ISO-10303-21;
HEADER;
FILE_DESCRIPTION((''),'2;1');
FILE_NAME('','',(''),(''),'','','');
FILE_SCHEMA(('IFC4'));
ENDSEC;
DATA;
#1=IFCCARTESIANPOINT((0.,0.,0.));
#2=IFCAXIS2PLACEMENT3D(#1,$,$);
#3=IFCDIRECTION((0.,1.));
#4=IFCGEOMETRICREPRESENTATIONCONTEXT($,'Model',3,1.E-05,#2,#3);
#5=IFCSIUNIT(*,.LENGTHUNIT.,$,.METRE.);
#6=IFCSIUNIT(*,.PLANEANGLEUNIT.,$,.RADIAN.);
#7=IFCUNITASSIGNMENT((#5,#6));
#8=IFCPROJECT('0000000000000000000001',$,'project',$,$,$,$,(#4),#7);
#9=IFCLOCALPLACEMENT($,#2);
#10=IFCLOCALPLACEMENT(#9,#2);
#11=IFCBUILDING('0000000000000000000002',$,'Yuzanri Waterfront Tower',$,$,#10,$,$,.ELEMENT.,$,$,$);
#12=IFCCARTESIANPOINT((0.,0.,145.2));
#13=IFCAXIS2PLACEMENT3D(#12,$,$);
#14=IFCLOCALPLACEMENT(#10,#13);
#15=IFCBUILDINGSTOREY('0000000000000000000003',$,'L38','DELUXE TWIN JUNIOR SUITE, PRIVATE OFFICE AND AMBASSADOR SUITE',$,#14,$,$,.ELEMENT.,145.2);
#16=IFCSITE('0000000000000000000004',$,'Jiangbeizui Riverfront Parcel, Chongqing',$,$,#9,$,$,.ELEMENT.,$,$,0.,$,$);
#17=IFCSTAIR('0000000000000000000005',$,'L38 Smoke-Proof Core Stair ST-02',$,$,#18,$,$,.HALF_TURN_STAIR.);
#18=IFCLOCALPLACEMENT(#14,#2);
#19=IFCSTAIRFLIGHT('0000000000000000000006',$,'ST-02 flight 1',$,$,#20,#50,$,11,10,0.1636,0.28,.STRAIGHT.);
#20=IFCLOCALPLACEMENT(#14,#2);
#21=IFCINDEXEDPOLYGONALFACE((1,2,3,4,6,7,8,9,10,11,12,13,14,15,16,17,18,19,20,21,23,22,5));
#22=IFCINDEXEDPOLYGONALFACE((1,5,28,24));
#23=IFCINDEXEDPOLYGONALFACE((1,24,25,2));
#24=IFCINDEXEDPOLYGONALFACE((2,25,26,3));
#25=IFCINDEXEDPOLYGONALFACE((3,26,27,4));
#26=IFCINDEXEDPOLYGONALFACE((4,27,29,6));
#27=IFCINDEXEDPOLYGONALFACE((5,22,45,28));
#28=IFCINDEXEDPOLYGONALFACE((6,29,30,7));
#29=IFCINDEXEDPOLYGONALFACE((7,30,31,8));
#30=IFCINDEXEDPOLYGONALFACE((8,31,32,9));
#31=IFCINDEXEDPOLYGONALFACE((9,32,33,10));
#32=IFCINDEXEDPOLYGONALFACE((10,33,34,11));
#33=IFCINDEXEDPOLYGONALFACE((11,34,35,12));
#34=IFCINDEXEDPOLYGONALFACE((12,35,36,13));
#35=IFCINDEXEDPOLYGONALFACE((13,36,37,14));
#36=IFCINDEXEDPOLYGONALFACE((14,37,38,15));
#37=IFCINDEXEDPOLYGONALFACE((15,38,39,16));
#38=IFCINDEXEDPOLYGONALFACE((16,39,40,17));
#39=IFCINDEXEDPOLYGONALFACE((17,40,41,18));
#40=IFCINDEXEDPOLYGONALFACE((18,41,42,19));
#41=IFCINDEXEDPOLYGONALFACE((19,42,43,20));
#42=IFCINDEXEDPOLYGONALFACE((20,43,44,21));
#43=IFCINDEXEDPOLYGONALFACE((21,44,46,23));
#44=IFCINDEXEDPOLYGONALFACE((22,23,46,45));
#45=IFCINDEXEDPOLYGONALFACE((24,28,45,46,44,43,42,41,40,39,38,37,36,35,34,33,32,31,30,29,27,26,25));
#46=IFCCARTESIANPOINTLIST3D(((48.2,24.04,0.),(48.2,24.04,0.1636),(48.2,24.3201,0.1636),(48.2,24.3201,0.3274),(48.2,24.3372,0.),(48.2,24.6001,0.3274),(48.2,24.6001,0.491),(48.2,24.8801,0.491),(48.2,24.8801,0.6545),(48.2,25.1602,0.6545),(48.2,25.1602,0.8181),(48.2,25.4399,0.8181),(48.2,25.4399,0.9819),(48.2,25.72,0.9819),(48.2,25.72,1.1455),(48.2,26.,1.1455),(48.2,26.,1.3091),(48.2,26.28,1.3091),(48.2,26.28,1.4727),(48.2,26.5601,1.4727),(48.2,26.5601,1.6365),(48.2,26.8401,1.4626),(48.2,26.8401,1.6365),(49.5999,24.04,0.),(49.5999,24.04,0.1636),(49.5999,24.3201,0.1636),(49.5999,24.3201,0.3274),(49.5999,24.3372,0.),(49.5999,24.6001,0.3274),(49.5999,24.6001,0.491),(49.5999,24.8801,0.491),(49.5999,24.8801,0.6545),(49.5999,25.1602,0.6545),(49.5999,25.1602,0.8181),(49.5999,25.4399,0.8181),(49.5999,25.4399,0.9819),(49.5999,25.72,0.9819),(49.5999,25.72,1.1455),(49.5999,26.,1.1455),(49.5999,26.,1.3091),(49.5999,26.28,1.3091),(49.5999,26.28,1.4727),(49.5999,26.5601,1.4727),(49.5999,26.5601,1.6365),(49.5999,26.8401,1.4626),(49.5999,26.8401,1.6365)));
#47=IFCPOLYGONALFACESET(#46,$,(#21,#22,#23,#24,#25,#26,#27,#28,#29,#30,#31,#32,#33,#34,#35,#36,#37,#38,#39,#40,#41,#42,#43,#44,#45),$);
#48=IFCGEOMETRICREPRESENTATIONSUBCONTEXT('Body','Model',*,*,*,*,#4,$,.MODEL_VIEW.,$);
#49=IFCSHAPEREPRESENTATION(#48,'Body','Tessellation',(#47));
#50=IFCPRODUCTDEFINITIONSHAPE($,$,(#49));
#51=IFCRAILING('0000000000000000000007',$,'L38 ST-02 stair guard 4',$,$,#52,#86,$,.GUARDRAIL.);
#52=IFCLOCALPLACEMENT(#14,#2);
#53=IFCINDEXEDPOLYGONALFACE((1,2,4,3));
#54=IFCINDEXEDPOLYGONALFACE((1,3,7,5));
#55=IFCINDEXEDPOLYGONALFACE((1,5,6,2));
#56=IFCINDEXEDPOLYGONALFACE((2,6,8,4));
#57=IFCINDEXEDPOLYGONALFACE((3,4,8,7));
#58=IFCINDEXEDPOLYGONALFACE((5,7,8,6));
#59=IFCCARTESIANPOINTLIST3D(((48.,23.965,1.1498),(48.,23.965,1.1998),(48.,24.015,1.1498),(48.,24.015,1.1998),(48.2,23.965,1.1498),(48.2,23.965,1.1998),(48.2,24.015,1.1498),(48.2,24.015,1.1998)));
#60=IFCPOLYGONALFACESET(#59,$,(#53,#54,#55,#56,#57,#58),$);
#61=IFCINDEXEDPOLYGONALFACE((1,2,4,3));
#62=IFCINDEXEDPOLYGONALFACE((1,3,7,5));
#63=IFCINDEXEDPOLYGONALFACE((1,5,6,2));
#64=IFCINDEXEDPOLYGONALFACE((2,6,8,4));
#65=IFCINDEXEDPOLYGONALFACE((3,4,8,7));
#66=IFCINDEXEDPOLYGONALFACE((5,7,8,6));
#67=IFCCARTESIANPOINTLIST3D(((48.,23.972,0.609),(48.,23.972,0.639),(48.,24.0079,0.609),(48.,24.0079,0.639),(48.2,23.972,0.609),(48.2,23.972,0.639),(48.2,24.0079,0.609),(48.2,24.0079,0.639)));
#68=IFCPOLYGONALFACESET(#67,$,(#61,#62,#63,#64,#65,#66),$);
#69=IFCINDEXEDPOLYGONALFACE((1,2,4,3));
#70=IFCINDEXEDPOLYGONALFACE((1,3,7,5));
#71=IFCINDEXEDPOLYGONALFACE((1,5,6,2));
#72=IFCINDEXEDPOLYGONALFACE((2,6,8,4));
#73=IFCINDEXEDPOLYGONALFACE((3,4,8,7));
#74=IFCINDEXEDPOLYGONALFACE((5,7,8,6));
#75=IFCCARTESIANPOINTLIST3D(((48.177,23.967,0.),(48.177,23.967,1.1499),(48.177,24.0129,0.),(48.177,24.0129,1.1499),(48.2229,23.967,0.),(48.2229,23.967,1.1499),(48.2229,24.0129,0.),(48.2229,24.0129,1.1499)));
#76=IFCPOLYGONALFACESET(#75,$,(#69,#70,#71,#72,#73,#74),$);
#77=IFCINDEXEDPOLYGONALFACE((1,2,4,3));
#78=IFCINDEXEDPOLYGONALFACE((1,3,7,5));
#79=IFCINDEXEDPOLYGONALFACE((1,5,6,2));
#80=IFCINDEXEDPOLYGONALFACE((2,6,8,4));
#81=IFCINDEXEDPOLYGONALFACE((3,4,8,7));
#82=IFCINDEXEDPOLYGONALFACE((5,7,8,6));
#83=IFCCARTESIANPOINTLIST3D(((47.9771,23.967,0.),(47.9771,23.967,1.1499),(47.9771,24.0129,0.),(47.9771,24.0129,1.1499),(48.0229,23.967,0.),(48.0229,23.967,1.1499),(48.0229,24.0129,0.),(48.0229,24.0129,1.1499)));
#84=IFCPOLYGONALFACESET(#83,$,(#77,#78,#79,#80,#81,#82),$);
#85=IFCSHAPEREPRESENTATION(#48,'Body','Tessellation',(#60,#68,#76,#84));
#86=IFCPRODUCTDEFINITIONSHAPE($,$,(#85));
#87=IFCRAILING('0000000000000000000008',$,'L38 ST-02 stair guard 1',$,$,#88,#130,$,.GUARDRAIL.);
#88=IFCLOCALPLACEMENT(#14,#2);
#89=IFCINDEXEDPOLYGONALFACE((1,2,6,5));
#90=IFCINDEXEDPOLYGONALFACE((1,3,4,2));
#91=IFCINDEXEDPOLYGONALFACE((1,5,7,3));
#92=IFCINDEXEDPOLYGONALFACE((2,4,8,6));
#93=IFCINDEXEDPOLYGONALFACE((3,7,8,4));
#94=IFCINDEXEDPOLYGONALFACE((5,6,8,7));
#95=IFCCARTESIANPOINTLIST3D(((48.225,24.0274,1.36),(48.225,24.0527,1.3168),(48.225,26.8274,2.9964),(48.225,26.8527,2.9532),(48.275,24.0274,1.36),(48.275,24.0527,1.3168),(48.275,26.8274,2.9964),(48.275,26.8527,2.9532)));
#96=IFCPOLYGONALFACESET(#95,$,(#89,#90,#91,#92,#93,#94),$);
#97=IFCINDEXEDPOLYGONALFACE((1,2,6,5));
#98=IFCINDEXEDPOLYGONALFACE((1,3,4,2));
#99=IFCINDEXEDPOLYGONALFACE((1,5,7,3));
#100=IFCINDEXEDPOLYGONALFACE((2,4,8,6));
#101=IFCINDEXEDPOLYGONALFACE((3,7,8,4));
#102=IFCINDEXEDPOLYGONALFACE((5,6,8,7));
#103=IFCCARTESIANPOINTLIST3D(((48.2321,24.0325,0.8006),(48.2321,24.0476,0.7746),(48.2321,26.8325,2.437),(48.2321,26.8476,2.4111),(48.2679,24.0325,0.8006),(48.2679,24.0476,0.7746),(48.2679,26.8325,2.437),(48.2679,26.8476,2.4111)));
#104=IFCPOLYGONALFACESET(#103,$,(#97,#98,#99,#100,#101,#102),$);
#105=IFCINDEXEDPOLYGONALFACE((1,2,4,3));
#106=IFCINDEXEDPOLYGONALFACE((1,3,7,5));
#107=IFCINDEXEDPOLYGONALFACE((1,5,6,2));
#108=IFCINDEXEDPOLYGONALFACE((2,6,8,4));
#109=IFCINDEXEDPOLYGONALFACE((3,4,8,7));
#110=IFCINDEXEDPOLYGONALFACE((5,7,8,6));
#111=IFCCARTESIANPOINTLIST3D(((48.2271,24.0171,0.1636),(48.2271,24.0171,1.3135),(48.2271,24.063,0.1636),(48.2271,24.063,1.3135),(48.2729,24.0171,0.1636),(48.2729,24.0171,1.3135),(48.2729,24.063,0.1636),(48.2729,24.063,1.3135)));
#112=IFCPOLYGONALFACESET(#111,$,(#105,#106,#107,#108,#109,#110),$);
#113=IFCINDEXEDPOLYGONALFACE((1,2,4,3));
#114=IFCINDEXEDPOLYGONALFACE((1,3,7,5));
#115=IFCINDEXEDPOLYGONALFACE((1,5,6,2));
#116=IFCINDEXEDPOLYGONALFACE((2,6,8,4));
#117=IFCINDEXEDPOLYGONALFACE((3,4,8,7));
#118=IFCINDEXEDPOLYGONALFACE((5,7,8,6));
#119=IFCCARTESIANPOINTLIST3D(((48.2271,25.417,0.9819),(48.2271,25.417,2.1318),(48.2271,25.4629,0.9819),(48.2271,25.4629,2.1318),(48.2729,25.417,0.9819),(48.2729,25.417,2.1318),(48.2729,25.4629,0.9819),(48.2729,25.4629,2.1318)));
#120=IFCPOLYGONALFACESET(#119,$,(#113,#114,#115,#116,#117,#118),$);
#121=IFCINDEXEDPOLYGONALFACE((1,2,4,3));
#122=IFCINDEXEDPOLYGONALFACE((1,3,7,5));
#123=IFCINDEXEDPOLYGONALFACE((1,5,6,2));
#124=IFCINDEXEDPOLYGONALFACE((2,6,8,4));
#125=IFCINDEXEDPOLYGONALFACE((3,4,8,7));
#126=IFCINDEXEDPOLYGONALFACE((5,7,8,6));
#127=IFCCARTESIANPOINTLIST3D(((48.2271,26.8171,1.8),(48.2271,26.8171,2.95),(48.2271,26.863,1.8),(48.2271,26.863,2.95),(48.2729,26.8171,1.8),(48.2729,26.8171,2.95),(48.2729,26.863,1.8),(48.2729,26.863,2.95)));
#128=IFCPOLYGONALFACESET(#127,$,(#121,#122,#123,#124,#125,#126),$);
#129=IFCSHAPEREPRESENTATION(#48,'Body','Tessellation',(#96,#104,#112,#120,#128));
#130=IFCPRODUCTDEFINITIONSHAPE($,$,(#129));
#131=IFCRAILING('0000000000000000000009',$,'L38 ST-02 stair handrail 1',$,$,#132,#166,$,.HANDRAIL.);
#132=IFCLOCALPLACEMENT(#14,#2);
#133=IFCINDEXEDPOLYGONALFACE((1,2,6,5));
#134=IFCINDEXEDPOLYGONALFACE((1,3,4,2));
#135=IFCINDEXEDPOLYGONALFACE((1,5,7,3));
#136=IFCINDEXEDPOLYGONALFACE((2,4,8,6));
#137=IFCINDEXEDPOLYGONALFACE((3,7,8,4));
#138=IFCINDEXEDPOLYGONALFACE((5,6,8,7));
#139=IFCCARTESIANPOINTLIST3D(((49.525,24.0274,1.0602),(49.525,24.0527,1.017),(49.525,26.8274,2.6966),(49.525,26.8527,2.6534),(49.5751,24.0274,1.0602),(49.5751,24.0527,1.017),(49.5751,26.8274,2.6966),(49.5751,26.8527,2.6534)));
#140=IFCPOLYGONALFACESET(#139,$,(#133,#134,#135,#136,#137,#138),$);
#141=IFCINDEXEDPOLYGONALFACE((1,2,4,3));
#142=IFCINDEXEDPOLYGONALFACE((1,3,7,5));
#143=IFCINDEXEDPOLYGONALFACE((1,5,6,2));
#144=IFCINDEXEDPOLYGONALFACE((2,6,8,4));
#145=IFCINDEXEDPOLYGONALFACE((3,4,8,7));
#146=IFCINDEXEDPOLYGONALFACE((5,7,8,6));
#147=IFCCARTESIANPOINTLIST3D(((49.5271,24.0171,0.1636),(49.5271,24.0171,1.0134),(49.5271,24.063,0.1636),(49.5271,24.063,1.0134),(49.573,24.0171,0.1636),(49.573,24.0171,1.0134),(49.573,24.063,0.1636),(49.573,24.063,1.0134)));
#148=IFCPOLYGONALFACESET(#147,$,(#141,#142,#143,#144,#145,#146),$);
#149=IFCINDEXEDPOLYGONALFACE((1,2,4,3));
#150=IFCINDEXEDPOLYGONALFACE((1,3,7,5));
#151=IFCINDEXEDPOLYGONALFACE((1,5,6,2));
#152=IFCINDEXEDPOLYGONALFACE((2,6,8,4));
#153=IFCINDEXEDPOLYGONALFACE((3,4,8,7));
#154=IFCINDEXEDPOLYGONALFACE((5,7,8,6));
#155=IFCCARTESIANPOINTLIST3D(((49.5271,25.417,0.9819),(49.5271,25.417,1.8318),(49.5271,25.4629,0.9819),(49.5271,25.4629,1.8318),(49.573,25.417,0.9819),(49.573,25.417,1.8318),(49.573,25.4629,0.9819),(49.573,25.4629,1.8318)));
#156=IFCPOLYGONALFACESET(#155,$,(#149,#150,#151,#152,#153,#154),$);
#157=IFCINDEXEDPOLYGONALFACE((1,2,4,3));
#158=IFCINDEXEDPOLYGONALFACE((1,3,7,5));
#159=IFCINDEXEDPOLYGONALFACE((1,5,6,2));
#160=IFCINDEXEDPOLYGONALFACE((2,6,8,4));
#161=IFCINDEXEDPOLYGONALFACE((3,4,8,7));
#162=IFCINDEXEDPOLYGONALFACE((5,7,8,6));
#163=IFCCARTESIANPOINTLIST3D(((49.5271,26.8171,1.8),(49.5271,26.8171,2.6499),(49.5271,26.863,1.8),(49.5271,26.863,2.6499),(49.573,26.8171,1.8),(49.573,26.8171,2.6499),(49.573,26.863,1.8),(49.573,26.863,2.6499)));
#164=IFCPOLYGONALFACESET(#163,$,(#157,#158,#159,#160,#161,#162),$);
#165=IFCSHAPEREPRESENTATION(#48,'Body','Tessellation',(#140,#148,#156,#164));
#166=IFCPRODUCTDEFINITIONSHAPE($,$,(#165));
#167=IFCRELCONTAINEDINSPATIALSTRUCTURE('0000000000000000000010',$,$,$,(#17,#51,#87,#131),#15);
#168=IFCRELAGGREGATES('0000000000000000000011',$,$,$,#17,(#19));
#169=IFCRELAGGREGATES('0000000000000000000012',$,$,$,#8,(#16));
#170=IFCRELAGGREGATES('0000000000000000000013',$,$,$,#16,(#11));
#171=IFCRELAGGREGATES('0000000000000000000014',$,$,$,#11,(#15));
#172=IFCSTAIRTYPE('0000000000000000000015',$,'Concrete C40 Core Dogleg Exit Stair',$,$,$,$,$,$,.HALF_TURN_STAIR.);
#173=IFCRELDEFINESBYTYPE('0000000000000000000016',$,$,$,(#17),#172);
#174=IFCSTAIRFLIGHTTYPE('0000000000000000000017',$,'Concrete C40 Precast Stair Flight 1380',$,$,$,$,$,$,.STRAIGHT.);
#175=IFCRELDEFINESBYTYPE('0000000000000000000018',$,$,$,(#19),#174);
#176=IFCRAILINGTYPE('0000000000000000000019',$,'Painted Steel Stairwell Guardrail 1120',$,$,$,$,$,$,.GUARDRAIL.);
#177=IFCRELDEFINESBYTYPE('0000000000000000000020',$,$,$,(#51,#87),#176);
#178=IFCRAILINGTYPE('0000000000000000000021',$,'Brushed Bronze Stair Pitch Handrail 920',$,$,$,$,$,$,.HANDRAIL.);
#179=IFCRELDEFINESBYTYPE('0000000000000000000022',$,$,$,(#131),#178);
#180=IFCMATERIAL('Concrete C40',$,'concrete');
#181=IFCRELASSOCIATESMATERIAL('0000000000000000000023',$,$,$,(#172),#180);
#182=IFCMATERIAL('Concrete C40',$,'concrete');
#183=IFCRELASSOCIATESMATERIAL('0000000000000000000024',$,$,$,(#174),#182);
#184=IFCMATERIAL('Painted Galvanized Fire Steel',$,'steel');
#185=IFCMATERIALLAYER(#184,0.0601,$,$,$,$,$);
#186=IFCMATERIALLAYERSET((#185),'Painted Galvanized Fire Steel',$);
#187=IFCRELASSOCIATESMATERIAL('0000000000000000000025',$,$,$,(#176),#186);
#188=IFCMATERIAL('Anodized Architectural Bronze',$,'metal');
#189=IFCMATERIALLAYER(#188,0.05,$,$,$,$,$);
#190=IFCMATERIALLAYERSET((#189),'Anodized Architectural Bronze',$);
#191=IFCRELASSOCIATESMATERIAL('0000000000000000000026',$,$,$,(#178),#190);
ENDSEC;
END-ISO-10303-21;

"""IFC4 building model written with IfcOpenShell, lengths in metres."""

from ifc_helpers import new_model, si_unit, direction, frame, origin, origin_2d, place, context, subcontext, project, spatial, polyline, rectangle, outline, extrude, source, transform, mapped, material, layer, layer_set, type_object, element, aggregate, save


model = new_model("IFC4")

# Units and contexts
model_context = context("Model", 3, precision=1e-05, world=origin(), true_north=direction((0.0, 1.0)))
body_context = subcontext(model_context, "Body", "Model", "MODEL_VIEW")
ifc_project = project(units=[si_unit("LENGTHUNIT", "METRE"), si_unit("PLANEANGLEUNIT", "RADIAN")], contexts=[model_context])

# Site, building, storey
site_placement = place(None, origin())
site = spatial("IfcSite", under=ifc_project, at=site_placement, Name="Jiangbeizui Riverfront Parcel, Chongqing", CompositionType="ELEMENT", RefElevation=0.0)
building_placement = place(site_placement, origin())
building = spatial("IfcBuilding", under=site, at=building_placement, Name="Yuzanri Waterfront Tower", CompositionType="ELEMENT")
storey_placement = place(building_placement, frame((0.0, 0.0, 145.2)))
storey = spatial("IfcBuildingStorey", under=building, at=storey_placement, Name="L38", Description="DELUXE TWIN JUNIOR SUITE, PRIVATE OFFICE AND AMBASSADOR SUITE", CompositionType="ELEMENT", Elevation=145.2)

# Stair, stair flight
ifc_material_1 = material(Name="Concrete C40", Category="concrete")
stair_type = type_object("IfcStairType", Name="Concrete C40 Core Dogleg Exit Stair", PredefinedType="HALF_TURN_STAIR", material=ifc_material_1)
stair_placement = place(storey_placement, origin())
stair = element("IfcStair", 1, at=stair_placement, inside=storey, type_object=stair_type, Name="L38 Smoke-Proof Core Stair ST-02", PredefinedType="HALF_TURN_STAIR")
ifc_material_2 = material(Name="Concrete C40", Category="concrete")
stair_flight_type = type_object("IfcStairFlightType", Name="Concrete C40 Precast Stair Flight 1380", PredefinedType="STRAIGHT", material=ifc_material_2)
shared_shape_1 = source(origin(), body_context, "Body", "SweptSolid", [
    extrude(outline(polyline([(0.0, 0.0), (0.0, 0.1636), (0.28, 0.1636), (0.28, 0.3274), (0.5601, 0.3274), (0.5601, 0.491), (0.8401, 0.491), (0.8401, 0.6545), (1.1201, 0.6545), (1.1201, 0.8181), (1.3999, 0.8181), (1.3999, 0.9819), (1.6799, 0.9819), (1.6799, 1.1455), (1.96, 1.1455), (1.96, 1.3091), (2.24, 1.3091), (2.24, 1.4727), (2.52, 1.4727), (2.52, 1.6365), (2.8, 1.6365), (2.8, 1.8), (2.8, 1.4626), (0.2971, 0.0), (0.0, 0.0)])), frame((0.0, 0.7, 0.0), z_axis=(0.0, -1.0, 0.0), x_axis=(1.0, 0.0, 0.0)), (0.0, 0.0, 1.0), 1.3999),
])
stair_flight_placement = place(storey_placement, frame((48.8999, 24.04, 0.0), z_axis=(0.0, 0.0, 1.0), x_axis=(0.0, 1.0, 0.0)))
stair_flight = element("IfcStairFlight", 2, at=stair_flight_placement, type_object=stair_flight_type, Name="ST-02 flight 1", NumberOfRisers=11, NumberOfTreads=10, PredefinedType="STRAIGHT", RiserHeight=0.1636, TreadLength=0.28, context=body_context, shape_type="MappedRepresentation", body=[
    mapped(shared_shape_1, transform((0.0, 0.0, 0.0), scale=1.0)),
])
aggregate(stair, [stair_flight])

# Railings
ifc_material_3 = material(Name="Painted Galvanized Fire Steel", Category="steel")
ifc_layer_1 = layer(ifc_material_3, 0.0601)
ifc_layer_set_1 = layer_set([ifc_layer_1], Name="Painted Galvanized Fire Steel")
railing_type_1 = type_object("IfcRailingType", Name="Painted Steel Stairwell Guardrail 1120", PredefinedType="GUARDRAIL", material=ifc_layer_set_1)
shared_shape_2 = source(origin(), body_context, "Body", "SweptSolid", [
    extrude(rectangle(XDim=0.05, YDim=0.05, at=origin_2d()), frame((0.0, 0.0, 1.1748), z_axis=(-1.0, 0.0, 0.0), x_axis=(0.0, -1.0, 0.0)), (0.0, 0.0, 1.0), 0.2),
    extrude(rectangle(XDim=0.0359, YDim=0.03, at=origin_2d()), frame((0.0, 0.0, 0.624), z_axis=(-1.0, 0.0, 0.0), x_axis=(0.0, -1.0, 0.0)), (0.0, 0.0, 1.0), 0.2),
    extrude(rectangle(XDim=0.0459, YDim=0.0459, at=origin_2d()), origin(), (0.0, 0.0, 1.0), 1.1499),
    extrude(rectangle(XDim=0.0459, YDim=0.0459, at=origin_2d()), frame((-0.2, 0.0, 0.0)), (0.0, 0.0, 1.0), 1.1499),
])
railing_1_placement = place(storey_placement, frame((48.2, 23.99, 0.0)))
element("IfcRailing", 3, at=railing_1_placement, inside=storey, type_object=railing_type_1, Name="L38 ST-02 stair guard 4", PredefinedType="GUARDRAIL", context=body_context, shape_type="MappedRepresentation", body=[
    mapped(shared_shape_2, transform((0.0, 0.0, 0.0), scale=1.0)),
])
shared_shape_3 = source(origin(), body_context, "Body", "SweptSolid", [
    extrude(rectangle(XDim=0.05, YDim=0.05, at=origin_2d()), frame((0.0, 0.0, 1.1748), z_axis=(0.0, 0.863361, 0.504587), x_axis=(-1.0, 0.0, 0.0)), (0.0, 0.0, 1.0), 3.2432),
    extrude(rectangle(XDim=0.0359, YDim=0.03, at=origin_2d()), frame((0.0, 0.0, 0.624), z_axis=(0.0, 0.863361, 0.504587), x_axis=(-1.0, 0.0, 0.0)), (0.0, 0.0, 1.0), 3.2432),
    extrude(rectangle(XDim=0.0459, YDim=0.0459, at=origin_2d()), origin(), (0.0, 0.0, 1.0), 1.1499),
    extrude(rectangle(XDim=0.0459, YDim=0.0459, at=origin_2d()), frame((0.0, 1.3999, 0.8184)), (0.0, 0.0, 1.0), 1.1499),
    extrude(rectangle(XDim=0.0459, YDim=0.0459, at=origin_2d()), frame((0.0, 2.8, 1.6365)), (0.0, 0.0, 1.0), 1.1499),
])
railing_2_placement = place(storey_placement, frame((48.25, 24.04, 0.1636)))
element("IfcRailing", 4, at=railing_2_placement, inside=storey, type_object=railing_type_1, Name="L38 ST-02 stair guard 1", PredefinedType="GUARDRAIL", context=body_context, shape_type="MappedRepresentation", body=[
    mapped(shared_shape_3, transform((0.0, 0.0, 0.0), scale=1.0)),
])
ifc_material_4 = material(Name="Anodized Architectural Bronze", Category="metal")
ifc_layer_2 = layer(ifc_material_4, 0.05)
ifc_layer_set_2 = layer_set([ifc_layer_2], Name="Anodized Architectural Bronze")
railing_type_2 = type_object("IfcRailingType", Name="Brushed Bronze Stair Pitch Handrail 920", PredefinedType="HANDRAIL", material=ifc_layer_set_2)
shared_shape_4 = source(origin(), body_context, "Body", "SweptSolid", [
    extrude(rectangle(XDim=0.05, YDim=0.05, at=origin_2d()), frame((0.0, 0.0, 0.875), z_axis=(0.0, 0.863361, 0.504587), x_axis=(-1.0, 0.0, 0.0)), (0.0, 0.0, 1.0), 3.2432),
    extrude(rectangle(XDim=0.0459, YDim=0.0459, at=origin_2d()), origin(), (0.0, 0.0, 1.0), 0.8499),
    extrude(rectangle(XDim=0.0459, YDim=0.0459, at=origin_2d()), frame((0.0, 1.3999, 0.8184)), (0.0, 0.0, 1.0), 0.8499),
    extrude(rectangle(XDim=0.0459, YDim=0.0459, at=origin_2d()), frame((0.0, 2.8, 1.6365)), (0.0, 0.0, 1.0), 0.8499),
])
railing_3_placement = place(storey_placement, frame((49.55, 24.04, 0.1636)))
element("IfcRailing", 5, at=railing_3_placement, inside=storey, type_object=railing_type_2, Name="L38 ST-02 stair handrail 1", PredefinedType="HANDRAIL", context=body_context, shape_type="MappedRepresentation", body=[
    mapped(shared_shape_4, transform((0.0, 0.0, 0.0), scale=1.0)),
])

save(model, "model.ifc")
